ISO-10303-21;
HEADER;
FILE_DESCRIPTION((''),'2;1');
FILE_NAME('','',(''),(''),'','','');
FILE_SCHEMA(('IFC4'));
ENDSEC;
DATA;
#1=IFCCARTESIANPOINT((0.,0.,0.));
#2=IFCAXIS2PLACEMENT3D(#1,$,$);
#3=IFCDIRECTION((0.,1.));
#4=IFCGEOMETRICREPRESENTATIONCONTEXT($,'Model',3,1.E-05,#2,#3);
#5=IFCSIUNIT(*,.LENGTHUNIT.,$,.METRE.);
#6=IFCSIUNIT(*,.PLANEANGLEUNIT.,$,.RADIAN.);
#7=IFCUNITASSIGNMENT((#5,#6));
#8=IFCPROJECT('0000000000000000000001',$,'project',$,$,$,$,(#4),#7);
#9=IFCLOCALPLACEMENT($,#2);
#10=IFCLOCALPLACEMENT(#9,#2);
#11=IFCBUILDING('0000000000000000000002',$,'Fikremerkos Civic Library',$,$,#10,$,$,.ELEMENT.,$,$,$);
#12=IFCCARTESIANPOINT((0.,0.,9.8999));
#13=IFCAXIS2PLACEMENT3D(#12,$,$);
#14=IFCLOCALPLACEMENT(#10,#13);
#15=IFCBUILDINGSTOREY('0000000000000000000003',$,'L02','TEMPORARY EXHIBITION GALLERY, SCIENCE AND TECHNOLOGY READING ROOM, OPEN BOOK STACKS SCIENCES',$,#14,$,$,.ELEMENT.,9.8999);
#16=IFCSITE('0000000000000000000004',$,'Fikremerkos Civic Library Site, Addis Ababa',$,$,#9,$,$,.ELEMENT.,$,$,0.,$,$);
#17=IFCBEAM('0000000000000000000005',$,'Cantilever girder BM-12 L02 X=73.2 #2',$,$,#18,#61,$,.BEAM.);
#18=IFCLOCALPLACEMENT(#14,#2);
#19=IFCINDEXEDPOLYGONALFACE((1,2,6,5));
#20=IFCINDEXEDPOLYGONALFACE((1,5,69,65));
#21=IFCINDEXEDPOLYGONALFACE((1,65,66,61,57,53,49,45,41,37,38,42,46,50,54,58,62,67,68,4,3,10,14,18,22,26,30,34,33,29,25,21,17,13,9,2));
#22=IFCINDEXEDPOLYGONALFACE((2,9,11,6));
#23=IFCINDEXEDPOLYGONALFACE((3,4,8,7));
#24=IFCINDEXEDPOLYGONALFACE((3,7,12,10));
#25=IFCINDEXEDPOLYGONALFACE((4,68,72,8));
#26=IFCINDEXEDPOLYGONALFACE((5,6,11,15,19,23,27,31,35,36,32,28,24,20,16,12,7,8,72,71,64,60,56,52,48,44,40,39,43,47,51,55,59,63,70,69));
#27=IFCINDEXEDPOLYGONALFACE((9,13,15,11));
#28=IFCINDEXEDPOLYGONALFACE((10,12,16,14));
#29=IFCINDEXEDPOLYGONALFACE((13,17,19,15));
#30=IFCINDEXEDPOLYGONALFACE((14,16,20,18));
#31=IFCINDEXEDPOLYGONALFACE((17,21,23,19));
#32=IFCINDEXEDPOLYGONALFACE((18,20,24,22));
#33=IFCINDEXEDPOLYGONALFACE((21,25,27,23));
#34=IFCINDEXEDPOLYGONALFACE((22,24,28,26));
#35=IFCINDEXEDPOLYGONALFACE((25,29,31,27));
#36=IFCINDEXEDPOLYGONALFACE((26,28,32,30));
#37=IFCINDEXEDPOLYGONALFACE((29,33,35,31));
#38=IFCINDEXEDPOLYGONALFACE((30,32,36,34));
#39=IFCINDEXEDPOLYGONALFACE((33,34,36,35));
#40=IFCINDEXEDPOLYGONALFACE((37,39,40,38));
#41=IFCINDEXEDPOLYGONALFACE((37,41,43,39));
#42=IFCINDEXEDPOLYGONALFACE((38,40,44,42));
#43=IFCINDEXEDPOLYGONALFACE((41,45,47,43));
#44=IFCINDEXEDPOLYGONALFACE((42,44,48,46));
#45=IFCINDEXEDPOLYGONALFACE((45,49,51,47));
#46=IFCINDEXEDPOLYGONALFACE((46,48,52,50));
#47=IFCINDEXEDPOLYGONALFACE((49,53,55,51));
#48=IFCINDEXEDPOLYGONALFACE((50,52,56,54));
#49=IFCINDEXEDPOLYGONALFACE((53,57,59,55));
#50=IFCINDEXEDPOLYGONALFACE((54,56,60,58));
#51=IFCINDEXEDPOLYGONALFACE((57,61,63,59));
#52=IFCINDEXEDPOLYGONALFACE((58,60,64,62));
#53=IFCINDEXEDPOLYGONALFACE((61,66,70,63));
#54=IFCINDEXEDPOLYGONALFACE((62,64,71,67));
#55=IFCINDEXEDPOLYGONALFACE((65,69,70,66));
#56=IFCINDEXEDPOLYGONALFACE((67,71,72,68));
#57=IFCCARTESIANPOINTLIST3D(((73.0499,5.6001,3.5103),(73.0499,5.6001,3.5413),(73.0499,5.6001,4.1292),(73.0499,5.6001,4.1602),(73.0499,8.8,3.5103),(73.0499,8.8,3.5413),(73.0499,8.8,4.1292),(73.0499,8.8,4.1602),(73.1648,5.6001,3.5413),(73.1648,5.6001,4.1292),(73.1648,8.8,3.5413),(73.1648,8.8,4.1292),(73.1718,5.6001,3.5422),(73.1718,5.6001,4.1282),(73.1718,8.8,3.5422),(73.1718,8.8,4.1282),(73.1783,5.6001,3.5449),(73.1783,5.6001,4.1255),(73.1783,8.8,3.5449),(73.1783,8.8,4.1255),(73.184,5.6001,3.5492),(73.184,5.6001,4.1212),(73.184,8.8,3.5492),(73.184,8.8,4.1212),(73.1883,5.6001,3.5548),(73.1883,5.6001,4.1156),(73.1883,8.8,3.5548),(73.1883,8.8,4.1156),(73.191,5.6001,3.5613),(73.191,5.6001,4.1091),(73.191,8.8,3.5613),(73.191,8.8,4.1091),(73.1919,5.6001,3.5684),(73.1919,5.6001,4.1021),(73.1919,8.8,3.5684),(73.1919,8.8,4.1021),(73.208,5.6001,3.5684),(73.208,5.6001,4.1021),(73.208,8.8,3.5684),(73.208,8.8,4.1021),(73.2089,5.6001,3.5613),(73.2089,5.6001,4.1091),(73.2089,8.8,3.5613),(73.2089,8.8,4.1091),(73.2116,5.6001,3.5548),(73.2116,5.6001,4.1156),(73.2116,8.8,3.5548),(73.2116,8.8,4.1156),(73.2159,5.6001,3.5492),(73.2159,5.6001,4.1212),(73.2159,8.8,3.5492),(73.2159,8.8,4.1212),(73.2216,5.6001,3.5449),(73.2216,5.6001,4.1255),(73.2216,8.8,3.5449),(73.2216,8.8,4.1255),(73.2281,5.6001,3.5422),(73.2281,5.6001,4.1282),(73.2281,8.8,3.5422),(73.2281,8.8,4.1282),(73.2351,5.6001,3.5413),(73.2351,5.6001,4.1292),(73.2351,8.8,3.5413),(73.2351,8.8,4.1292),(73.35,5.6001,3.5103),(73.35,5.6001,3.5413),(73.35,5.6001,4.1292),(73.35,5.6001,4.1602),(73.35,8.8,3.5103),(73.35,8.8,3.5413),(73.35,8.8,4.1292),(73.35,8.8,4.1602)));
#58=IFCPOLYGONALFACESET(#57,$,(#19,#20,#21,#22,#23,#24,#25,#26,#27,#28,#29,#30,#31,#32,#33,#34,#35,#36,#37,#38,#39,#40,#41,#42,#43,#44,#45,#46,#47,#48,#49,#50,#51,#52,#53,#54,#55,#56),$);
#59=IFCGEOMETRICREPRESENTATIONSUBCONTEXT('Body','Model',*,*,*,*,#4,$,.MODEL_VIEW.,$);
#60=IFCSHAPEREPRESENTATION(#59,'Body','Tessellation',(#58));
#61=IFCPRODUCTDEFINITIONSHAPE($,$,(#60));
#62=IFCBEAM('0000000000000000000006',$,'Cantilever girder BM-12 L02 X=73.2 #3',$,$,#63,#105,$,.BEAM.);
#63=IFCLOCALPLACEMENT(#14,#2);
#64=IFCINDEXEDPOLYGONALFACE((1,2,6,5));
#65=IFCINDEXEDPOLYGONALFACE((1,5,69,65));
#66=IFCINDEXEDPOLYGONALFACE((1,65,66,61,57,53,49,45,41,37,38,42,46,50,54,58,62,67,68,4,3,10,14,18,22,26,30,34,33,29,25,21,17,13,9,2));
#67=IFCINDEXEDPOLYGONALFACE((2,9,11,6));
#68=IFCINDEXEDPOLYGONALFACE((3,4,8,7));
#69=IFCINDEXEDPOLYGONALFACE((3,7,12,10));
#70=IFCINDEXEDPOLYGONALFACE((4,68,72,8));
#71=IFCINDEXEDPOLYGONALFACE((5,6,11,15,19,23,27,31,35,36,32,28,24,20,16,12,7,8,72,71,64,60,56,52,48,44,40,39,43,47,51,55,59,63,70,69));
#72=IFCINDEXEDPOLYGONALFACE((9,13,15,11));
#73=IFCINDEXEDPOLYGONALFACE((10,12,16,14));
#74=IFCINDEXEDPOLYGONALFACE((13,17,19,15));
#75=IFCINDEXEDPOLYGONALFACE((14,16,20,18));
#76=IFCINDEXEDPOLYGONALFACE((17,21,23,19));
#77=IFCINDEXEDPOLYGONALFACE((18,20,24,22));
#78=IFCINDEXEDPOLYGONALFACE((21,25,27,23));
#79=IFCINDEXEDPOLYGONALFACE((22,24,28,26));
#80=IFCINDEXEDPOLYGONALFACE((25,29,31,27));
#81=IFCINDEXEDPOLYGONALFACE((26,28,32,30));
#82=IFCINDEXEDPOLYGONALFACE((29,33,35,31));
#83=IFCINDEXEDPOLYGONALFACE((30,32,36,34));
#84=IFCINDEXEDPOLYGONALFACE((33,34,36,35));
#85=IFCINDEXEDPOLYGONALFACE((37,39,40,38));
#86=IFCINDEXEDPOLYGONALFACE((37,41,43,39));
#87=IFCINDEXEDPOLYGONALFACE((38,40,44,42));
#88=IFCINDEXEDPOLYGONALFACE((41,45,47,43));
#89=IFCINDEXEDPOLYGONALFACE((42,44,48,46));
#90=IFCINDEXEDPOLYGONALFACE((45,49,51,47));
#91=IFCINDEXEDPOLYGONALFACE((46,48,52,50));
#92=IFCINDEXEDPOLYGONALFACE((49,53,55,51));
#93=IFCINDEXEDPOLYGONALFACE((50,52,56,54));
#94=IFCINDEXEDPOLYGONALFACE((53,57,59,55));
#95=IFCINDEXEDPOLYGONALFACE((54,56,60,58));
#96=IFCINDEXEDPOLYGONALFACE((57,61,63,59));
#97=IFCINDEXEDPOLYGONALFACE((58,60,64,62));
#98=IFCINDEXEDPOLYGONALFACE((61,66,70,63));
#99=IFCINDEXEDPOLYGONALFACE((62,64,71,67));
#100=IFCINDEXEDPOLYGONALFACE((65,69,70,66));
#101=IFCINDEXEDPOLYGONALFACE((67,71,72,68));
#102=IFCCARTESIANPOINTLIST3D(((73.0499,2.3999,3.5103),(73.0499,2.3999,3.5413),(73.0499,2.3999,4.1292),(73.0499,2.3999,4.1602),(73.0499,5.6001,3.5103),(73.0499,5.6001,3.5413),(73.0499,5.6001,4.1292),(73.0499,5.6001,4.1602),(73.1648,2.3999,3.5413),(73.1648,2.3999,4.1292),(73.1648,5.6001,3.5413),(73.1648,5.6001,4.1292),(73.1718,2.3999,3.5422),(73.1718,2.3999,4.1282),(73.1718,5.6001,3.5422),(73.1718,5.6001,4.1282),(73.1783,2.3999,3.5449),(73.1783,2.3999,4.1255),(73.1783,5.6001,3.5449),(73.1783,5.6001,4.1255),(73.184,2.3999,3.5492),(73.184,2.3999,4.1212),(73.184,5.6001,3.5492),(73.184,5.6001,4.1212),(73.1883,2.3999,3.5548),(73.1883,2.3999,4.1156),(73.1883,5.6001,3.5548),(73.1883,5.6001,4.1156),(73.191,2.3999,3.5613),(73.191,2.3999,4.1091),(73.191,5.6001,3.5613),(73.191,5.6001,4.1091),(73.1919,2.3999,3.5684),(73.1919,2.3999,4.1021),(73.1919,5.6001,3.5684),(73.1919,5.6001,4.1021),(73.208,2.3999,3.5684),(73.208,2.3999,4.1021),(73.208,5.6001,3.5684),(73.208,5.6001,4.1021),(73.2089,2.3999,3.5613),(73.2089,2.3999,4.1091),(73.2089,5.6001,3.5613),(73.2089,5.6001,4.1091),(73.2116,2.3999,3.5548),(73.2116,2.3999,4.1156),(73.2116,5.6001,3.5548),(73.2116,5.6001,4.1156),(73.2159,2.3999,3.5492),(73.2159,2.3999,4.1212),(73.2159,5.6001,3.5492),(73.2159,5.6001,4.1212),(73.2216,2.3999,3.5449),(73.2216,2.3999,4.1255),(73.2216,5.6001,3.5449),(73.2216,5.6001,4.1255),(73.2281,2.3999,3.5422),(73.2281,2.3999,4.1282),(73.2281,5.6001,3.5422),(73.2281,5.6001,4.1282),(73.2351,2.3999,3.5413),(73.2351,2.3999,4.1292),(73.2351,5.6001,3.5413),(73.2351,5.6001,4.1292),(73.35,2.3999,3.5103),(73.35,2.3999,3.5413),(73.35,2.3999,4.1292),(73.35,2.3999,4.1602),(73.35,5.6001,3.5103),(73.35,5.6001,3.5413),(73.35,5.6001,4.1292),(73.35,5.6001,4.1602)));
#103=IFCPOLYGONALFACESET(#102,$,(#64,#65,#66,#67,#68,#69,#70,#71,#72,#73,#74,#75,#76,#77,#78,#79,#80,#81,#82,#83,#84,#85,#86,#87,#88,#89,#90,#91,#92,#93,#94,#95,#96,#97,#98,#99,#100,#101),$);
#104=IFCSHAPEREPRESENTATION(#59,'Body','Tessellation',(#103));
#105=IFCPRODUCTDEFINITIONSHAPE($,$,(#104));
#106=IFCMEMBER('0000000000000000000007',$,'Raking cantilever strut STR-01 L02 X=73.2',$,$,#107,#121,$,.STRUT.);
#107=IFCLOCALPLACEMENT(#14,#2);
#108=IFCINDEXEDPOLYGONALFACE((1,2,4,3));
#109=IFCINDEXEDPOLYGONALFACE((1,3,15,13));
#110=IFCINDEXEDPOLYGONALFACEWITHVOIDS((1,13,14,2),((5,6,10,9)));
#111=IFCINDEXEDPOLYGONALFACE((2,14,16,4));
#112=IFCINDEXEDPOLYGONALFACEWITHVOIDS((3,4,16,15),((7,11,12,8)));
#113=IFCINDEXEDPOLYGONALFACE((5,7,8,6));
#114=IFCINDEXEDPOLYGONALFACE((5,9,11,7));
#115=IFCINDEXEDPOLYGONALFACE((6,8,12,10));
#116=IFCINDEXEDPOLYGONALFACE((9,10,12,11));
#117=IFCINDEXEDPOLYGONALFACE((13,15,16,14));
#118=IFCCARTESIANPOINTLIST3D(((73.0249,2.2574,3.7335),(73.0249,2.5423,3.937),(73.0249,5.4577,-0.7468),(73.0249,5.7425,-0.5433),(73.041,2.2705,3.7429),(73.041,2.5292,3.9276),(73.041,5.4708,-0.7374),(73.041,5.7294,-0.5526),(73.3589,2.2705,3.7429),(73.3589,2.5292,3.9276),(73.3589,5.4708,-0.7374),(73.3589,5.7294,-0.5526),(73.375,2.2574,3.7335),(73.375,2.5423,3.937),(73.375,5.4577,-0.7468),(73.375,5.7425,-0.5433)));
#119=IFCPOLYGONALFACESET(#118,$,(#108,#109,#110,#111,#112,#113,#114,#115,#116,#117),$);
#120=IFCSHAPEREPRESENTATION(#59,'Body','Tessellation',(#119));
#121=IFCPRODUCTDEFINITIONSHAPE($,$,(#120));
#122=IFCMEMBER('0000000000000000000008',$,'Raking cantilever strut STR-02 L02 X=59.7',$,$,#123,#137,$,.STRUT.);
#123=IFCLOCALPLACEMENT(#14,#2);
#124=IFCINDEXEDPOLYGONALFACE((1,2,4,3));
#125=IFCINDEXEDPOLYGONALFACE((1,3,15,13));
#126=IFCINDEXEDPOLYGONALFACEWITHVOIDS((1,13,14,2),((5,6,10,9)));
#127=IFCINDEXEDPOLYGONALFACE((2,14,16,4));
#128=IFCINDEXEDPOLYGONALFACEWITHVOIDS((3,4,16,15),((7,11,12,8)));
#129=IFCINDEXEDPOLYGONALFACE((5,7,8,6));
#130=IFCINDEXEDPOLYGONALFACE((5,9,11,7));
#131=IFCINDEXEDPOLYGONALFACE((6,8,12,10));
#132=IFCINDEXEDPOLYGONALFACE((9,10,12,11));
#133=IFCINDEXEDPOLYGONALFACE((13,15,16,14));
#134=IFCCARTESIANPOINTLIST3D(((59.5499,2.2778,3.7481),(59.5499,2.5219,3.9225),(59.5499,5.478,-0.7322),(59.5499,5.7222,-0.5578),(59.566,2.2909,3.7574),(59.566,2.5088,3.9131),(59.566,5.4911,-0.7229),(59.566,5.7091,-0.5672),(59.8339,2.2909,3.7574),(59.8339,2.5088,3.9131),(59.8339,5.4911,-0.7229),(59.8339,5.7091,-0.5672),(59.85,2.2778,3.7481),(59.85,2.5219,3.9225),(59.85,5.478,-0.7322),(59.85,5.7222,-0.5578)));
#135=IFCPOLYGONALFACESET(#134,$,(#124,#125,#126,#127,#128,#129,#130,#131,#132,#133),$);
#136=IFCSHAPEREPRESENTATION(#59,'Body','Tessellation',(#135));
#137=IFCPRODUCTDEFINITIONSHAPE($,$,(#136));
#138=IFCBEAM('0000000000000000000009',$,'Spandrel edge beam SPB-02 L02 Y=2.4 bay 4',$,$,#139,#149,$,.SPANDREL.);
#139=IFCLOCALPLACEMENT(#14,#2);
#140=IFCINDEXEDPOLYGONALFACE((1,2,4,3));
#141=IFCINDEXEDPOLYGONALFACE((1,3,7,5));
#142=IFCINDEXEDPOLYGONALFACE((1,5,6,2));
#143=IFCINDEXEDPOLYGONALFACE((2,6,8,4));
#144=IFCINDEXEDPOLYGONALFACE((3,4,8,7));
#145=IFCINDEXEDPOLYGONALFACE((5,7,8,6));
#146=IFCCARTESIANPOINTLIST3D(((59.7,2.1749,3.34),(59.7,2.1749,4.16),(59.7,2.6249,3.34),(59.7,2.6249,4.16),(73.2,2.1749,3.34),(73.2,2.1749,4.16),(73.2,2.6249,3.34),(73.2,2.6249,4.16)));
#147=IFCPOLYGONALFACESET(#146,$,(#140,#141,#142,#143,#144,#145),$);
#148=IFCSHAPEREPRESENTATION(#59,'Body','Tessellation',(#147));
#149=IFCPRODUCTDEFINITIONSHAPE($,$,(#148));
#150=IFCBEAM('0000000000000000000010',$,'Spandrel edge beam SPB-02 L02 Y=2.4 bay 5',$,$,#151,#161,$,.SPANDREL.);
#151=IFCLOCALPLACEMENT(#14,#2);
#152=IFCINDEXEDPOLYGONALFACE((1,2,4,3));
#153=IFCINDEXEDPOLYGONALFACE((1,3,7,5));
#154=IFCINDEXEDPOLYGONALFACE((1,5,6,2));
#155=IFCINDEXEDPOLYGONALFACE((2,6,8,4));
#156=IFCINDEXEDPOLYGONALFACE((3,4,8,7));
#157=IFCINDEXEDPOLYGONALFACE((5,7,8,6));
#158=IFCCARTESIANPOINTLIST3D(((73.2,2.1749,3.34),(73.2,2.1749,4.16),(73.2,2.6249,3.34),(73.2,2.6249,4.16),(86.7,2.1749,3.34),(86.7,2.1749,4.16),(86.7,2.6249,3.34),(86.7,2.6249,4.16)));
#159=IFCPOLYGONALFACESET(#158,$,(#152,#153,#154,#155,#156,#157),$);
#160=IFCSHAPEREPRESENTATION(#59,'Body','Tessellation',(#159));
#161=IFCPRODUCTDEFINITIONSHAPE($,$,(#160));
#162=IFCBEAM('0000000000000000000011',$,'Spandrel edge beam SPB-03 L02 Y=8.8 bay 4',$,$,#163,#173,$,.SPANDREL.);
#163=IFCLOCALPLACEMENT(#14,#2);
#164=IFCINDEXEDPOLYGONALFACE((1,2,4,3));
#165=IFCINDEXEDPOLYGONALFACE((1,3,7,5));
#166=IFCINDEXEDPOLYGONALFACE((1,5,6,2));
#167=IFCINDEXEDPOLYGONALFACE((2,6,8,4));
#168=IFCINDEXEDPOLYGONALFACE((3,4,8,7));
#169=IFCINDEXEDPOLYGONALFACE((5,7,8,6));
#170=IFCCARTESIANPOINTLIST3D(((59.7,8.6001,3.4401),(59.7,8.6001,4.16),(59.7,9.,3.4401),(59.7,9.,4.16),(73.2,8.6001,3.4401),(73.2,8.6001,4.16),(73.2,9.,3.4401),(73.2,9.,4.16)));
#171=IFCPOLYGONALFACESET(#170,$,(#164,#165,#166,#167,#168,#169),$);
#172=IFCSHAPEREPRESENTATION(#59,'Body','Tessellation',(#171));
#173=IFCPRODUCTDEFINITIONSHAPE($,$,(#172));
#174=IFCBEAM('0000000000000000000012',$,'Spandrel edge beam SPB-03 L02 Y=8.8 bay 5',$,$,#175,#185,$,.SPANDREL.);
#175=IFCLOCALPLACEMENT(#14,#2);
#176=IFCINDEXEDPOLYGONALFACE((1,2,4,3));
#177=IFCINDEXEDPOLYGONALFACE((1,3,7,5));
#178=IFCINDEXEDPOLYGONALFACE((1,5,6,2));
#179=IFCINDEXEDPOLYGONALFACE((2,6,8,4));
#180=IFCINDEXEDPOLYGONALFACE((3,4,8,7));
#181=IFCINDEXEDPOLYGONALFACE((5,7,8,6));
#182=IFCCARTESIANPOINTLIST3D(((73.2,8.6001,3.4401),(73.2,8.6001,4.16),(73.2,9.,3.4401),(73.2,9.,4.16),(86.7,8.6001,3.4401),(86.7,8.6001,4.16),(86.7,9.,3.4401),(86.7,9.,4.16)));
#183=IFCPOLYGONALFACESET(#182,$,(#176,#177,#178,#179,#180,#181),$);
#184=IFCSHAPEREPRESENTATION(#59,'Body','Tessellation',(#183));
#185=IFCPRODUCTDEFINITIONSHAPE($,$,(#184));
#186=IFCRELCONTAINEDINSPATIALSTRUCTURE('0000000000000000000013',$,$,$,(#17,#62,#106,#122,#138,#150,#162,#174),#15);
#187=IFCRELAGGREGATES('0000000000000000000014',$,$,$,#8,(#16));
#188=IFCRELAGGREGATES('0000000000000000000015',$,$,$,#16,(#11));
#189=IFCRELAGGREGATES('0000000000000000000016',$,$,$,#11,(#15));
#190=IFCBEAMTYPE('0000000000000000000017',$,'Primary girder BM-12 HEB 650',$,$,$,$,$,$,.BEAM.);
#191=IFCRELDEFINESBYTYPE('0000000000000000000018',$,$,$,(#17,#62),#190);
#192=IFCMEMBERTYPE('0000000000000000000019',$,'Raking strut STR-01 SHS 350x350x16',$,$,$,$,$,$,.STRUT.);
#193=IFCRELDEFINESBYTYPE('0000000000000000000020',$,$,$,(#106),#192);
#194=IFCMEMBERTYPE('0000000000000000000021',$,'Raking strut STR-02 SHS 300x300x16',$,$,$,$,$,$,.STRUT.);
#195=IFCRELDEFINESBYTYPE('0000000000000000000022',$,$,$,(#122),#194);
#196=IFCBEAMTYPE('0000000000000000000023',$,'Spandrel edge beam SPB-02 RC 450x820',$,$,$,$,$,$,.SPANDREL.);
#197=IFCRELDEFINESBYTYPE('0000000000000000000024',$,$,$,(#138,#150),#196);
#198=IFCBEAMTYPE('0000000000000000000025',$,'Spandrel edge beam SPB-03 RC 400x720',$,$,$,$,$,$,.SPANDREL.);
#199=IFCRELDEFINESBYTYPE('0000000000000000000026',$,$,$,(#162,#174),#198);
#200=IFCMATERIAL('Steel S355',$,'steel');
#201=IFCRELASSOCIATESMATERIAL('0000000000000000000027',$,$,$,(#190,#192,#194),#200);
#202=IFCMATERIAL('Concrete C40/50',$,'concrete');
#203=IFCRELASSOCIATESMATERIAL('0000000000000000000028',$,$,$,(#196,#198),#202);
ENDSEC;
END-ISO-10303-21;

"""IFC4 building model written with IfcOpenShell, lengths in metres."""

from ifc_helpers import new_model, si_unit, direction, frame, origin, origin_2d, place, context, subcontext, project, spatial, rectangle, hollow_rectangle, i_section, extrude, material, material_profile, profile_set, type_object, element, save


model = new_model("IFC4")

# Units and contexts
model_context = context("Model", 3, precision=1e-05, world=origin(), true_north=direction((0.0, 1.0)))
body_context = subcontext(model_context, "Body", "Model", "MODEL_VIEW")
ifc_project = project(units=[si_unit("LENGTHUNIT", "METRE"), si_unit("PLANEANGLEUNIT", "RADIAN")], contexts=[model_context])

# Site, building, storey
site_placement = place(None, origin())
site = spatial("IfcSite", under=ifc_project, at=site_placement, Name="Fikremerkos Civic Library Site, Addis Ababa", CompositionType="ELEMENT", RefElevation=0.0)
building_placement = place(site_placement, origin())
building = spatial("IfcBuilding", under=site, at=building_placement, Name="Fikremerkos Civic Library", CompositionType="ELEMENT")
storey_placement = place(building_placement, frame((0.0, 0.0, 9.8999)))
storey = spatial("IfcBuildingStorey", under=building, at=storey_placement, Name="L02", Description="TEMPORARY EXHIBITION GALLERY, SCIENCE AND TECHNOLOGY READING ROOM, OPEN BOOK STACKS SCIENCES", CompositionType="ELEMENT", Elevation=9.8999)

# Shared definitions
ifc_material_1 = material(Name="Concrete C40/50", Category="concrete")

# Shared definitions
ifc_material_2 = material(Name="Steel S355", Category="steel")

# Beams
ifc_material_profile_1 = material_profile(ifc_material_2, i_section(OverallWidth=0.3, OverallDepth=0.6499, WebThickness=0.0161, FlangeThickness=0.031, FilletRadius=0.0271, at=origin_2d()), Name="HEB 650")
ifc_profile_set_1 = profile_set([ifc_material_profile_1], Name="Steel S355")
beam_type_1 = type_object("IfcBeamType", Name="Primary girder BM-12 HEB 650", PredefinedType="BEAM", material=ifc_profile_set_1)
beam_1_placement = place(storey_placement, frame((73.2, 8.8, 3.8352), z_axis=(0.0, -1.0, 0.0), x_axis=(1.0, 0.0, 0.0)))
element("IfcBeam", 1, at=beam_1_placement, inside=storey, type_object=beam_type_1, Name="Cantilever girder BM-12 L02 X=73.2 #2", PredefinedType="BEAM", context=body_context, shape_type="SweptSolid", body=[
    extrude(i_section(OverallWidth=0.3, OverallDepth=0.6499, WebThickness=0.0161, FlangeThickness=0.031, FilletRadius=0.0271, at=origin_2d()), origin(), (0.0, 0.0, 1.0), 3.2),
])
beam_2_placement = place(storey_placement, frame((73.2, 5.6001, 3.8352), z_axis=(0.0, -1.0, 0.0), x_axis=(1.0, 0.0, 0.0)))
element("IfcBeam", 2, at=beam_2_placement, inside=storey, type_object=beam_type_1, Name="Cantilever girder BM-12 L02 X=73.2 #3", PredefinedType="BEAM", context=body_context, shape_type="SweptSolid", body=[
    extrude(i_section(OverallWidth=0.3, OverallDepth=0.6499, WebThickness=0.0161, FlangeThickness=0.031, FilletRadius=0.0271, at=origin_2d()), origin(), (0.0, 0.0, 1.0), 3.2002),
])

# Members
ifc_material_profile_2 = material_profile(ifc_material_2, hollow_rectangle(XDim=0.3501, YDim=0.3501, WallThickness=0.0161, at=origin_2d()), Name="SHS 350x350x16")
ifc_profile_set_2 = profile_set([ifc_material_profile_2], Name="Steel S355")
member_type_1 = type_object("IfcMemberType", Name="Raking strut STR-01 SHS 350x350x16", PredefinedType="STRUT", material=ifc_profile_set_2)
member_1_placement = place(storey_placement, frame((73.2, 5.6001, -0.645), z_axis=(0.0, -0.581242, 0.81373), x_axis=(1.0, 0.0, 0.0)))
element("IfcMember", 3, at=member_1_placement, inside=storey, type_object=member_type_1, Name="Raking cantilever strut STR-01 L02 X=73.2", PredefinedType="STRUT", context=body_context, shape_type="SweptSolid", body=[
    extrude(hollow_rectangle(XDim=0.3501, YDim=0.3501, WallThickness=0.0161, at=origin_2d()), origin(), (0.0, 0.0, 1.0), 5.5059),
])
ifc_material_profile_3 = material_profile(ifc_material_2, hollow_rectangle(XDim=0.3, YDim=0.3, WallThickness=0.0161, at=origin_2d()), Name="SHS 300x300x16")
ifc_profile_set_3 = profile_set([ifc_material_profile_3], Name="Steel S355")
member_type_2 = type_object("IfcMemberType", Name="Raking strut STR-02 SHS 300x300x16", PredefinedType="STRUT", material=ifc_profile_set_3)
member_2_placement = place(storey_placement, frame((59.7, 5.6001, -0.645), z_axis=(0.0, -0.581242, 0.81373), x_axis=(1.0, 0.0, 0.0)))
element("IfcMember", 4, at=member_2_placement, inside=storey, type_object=member_type_2, Name="Raking cantilever strut STR-02 L02 X=59.7", PredefinedType="STRUT", context=body_context, shape_type="SweptSolid", body=[
    extrude(hollow_rectangle(XDim=0.3, YDim=0.3, WallThickness=0.0161, at=origin_2d()), origin(), (0.0, 0.0, 1.0), 5.5059),
])

# Beams
ifc_material_profile_4 = material_profile(ifc_material_1, rectangle(XDim=0.45, YDim=0.8201, at=origin_2d()), Name="RC 450x820")
ifc_profile_set_4 = profile_set([ifc_material_profile_4], Name="Concrete C40/50")
beam_type_2 = type_object("IfcBeamType", Name="Spandrel edge beam SPB-02 RC 450x820", PredefinedType="SPANDREL", material=ifc_profile_set_4)
for number, where, z_axis, x_axis, name in (
    (5, (59.7, 2.3999, 3.75), (1.0, 0.0, 0.0), (0.0, 1.0, 0.0), "Spandrel edge beam SPB-02 L02 Y=2.4 bay 4"),
    (6, (73.2, 2.3999, 3.75), (1.0, 0.0, 0.0), (0.0, 1.0, 0.0), "Spandrel edge beam SPB-02 L02 Y=2.4 bay 5"),
):
    element("IfcBeam", number, at=place(storey_placement, frame(where, z_axis=z_axis, x_axis=x_axis)), inside=storey, type_object=beam_type_2, Name=name, PredefinedType="SPANDREL", context=body_context, shape_type="SweptSolid", body=[
        extrude(rectangle(XDim=0.45, YDim=0.8201, at=origin_2d()), origin(), (0.0, 0.0, 1.0), 13.5),
    ])
ifc_material_profile_5 = material_profile(ifc_material_1, rectangle(XDim=0.3999, YDim=0.72, at=origin_2d()), Name="RC 400x720")
ifc_profile_set_5 = profile_set([ifc_material_profile_5], Name="Concrete C40/50")
beam_type_3 = type_object("IfcBeamType", Name="Spandrel edge beam SPB-03 RC 400x720", PredefinedType="SPANDREL", material=ifc_profile_set_5)
for number, where, z_axis, x_axis, name in (
    (7, (59.7, 8.8, 3.8), (1.0, 0.0, 0.0), (0.0, 1.0, 0.0), "Spandrel edge beam SPB-03 L02 Y=8.8 bay 4"),
    (8, (73.2, 8.8, 3.8), (1.0, 0.0, 0.0), (0.0, 1.0, 0.0), "Spandrel edge beam SPB-03 L02 Y=8.8 bay 5"),
):
    element("IfcBeam", number, at=place(storey_placement, frame(where, z_axis=z_axis, x_axis=x_axis)), inside=storey, type_object=beam_type_3, Name=name, PredefinedType="SPANDREL", context=body_context, shape_type="SweptSolid", body=[
        extrude(rectangle(XDim=0.3999, YDim=0.72, at=origin_2d()), origin(), (0.0, 0.0, 1.0), 13.5),
    ])

save(model, "model.ifc")
